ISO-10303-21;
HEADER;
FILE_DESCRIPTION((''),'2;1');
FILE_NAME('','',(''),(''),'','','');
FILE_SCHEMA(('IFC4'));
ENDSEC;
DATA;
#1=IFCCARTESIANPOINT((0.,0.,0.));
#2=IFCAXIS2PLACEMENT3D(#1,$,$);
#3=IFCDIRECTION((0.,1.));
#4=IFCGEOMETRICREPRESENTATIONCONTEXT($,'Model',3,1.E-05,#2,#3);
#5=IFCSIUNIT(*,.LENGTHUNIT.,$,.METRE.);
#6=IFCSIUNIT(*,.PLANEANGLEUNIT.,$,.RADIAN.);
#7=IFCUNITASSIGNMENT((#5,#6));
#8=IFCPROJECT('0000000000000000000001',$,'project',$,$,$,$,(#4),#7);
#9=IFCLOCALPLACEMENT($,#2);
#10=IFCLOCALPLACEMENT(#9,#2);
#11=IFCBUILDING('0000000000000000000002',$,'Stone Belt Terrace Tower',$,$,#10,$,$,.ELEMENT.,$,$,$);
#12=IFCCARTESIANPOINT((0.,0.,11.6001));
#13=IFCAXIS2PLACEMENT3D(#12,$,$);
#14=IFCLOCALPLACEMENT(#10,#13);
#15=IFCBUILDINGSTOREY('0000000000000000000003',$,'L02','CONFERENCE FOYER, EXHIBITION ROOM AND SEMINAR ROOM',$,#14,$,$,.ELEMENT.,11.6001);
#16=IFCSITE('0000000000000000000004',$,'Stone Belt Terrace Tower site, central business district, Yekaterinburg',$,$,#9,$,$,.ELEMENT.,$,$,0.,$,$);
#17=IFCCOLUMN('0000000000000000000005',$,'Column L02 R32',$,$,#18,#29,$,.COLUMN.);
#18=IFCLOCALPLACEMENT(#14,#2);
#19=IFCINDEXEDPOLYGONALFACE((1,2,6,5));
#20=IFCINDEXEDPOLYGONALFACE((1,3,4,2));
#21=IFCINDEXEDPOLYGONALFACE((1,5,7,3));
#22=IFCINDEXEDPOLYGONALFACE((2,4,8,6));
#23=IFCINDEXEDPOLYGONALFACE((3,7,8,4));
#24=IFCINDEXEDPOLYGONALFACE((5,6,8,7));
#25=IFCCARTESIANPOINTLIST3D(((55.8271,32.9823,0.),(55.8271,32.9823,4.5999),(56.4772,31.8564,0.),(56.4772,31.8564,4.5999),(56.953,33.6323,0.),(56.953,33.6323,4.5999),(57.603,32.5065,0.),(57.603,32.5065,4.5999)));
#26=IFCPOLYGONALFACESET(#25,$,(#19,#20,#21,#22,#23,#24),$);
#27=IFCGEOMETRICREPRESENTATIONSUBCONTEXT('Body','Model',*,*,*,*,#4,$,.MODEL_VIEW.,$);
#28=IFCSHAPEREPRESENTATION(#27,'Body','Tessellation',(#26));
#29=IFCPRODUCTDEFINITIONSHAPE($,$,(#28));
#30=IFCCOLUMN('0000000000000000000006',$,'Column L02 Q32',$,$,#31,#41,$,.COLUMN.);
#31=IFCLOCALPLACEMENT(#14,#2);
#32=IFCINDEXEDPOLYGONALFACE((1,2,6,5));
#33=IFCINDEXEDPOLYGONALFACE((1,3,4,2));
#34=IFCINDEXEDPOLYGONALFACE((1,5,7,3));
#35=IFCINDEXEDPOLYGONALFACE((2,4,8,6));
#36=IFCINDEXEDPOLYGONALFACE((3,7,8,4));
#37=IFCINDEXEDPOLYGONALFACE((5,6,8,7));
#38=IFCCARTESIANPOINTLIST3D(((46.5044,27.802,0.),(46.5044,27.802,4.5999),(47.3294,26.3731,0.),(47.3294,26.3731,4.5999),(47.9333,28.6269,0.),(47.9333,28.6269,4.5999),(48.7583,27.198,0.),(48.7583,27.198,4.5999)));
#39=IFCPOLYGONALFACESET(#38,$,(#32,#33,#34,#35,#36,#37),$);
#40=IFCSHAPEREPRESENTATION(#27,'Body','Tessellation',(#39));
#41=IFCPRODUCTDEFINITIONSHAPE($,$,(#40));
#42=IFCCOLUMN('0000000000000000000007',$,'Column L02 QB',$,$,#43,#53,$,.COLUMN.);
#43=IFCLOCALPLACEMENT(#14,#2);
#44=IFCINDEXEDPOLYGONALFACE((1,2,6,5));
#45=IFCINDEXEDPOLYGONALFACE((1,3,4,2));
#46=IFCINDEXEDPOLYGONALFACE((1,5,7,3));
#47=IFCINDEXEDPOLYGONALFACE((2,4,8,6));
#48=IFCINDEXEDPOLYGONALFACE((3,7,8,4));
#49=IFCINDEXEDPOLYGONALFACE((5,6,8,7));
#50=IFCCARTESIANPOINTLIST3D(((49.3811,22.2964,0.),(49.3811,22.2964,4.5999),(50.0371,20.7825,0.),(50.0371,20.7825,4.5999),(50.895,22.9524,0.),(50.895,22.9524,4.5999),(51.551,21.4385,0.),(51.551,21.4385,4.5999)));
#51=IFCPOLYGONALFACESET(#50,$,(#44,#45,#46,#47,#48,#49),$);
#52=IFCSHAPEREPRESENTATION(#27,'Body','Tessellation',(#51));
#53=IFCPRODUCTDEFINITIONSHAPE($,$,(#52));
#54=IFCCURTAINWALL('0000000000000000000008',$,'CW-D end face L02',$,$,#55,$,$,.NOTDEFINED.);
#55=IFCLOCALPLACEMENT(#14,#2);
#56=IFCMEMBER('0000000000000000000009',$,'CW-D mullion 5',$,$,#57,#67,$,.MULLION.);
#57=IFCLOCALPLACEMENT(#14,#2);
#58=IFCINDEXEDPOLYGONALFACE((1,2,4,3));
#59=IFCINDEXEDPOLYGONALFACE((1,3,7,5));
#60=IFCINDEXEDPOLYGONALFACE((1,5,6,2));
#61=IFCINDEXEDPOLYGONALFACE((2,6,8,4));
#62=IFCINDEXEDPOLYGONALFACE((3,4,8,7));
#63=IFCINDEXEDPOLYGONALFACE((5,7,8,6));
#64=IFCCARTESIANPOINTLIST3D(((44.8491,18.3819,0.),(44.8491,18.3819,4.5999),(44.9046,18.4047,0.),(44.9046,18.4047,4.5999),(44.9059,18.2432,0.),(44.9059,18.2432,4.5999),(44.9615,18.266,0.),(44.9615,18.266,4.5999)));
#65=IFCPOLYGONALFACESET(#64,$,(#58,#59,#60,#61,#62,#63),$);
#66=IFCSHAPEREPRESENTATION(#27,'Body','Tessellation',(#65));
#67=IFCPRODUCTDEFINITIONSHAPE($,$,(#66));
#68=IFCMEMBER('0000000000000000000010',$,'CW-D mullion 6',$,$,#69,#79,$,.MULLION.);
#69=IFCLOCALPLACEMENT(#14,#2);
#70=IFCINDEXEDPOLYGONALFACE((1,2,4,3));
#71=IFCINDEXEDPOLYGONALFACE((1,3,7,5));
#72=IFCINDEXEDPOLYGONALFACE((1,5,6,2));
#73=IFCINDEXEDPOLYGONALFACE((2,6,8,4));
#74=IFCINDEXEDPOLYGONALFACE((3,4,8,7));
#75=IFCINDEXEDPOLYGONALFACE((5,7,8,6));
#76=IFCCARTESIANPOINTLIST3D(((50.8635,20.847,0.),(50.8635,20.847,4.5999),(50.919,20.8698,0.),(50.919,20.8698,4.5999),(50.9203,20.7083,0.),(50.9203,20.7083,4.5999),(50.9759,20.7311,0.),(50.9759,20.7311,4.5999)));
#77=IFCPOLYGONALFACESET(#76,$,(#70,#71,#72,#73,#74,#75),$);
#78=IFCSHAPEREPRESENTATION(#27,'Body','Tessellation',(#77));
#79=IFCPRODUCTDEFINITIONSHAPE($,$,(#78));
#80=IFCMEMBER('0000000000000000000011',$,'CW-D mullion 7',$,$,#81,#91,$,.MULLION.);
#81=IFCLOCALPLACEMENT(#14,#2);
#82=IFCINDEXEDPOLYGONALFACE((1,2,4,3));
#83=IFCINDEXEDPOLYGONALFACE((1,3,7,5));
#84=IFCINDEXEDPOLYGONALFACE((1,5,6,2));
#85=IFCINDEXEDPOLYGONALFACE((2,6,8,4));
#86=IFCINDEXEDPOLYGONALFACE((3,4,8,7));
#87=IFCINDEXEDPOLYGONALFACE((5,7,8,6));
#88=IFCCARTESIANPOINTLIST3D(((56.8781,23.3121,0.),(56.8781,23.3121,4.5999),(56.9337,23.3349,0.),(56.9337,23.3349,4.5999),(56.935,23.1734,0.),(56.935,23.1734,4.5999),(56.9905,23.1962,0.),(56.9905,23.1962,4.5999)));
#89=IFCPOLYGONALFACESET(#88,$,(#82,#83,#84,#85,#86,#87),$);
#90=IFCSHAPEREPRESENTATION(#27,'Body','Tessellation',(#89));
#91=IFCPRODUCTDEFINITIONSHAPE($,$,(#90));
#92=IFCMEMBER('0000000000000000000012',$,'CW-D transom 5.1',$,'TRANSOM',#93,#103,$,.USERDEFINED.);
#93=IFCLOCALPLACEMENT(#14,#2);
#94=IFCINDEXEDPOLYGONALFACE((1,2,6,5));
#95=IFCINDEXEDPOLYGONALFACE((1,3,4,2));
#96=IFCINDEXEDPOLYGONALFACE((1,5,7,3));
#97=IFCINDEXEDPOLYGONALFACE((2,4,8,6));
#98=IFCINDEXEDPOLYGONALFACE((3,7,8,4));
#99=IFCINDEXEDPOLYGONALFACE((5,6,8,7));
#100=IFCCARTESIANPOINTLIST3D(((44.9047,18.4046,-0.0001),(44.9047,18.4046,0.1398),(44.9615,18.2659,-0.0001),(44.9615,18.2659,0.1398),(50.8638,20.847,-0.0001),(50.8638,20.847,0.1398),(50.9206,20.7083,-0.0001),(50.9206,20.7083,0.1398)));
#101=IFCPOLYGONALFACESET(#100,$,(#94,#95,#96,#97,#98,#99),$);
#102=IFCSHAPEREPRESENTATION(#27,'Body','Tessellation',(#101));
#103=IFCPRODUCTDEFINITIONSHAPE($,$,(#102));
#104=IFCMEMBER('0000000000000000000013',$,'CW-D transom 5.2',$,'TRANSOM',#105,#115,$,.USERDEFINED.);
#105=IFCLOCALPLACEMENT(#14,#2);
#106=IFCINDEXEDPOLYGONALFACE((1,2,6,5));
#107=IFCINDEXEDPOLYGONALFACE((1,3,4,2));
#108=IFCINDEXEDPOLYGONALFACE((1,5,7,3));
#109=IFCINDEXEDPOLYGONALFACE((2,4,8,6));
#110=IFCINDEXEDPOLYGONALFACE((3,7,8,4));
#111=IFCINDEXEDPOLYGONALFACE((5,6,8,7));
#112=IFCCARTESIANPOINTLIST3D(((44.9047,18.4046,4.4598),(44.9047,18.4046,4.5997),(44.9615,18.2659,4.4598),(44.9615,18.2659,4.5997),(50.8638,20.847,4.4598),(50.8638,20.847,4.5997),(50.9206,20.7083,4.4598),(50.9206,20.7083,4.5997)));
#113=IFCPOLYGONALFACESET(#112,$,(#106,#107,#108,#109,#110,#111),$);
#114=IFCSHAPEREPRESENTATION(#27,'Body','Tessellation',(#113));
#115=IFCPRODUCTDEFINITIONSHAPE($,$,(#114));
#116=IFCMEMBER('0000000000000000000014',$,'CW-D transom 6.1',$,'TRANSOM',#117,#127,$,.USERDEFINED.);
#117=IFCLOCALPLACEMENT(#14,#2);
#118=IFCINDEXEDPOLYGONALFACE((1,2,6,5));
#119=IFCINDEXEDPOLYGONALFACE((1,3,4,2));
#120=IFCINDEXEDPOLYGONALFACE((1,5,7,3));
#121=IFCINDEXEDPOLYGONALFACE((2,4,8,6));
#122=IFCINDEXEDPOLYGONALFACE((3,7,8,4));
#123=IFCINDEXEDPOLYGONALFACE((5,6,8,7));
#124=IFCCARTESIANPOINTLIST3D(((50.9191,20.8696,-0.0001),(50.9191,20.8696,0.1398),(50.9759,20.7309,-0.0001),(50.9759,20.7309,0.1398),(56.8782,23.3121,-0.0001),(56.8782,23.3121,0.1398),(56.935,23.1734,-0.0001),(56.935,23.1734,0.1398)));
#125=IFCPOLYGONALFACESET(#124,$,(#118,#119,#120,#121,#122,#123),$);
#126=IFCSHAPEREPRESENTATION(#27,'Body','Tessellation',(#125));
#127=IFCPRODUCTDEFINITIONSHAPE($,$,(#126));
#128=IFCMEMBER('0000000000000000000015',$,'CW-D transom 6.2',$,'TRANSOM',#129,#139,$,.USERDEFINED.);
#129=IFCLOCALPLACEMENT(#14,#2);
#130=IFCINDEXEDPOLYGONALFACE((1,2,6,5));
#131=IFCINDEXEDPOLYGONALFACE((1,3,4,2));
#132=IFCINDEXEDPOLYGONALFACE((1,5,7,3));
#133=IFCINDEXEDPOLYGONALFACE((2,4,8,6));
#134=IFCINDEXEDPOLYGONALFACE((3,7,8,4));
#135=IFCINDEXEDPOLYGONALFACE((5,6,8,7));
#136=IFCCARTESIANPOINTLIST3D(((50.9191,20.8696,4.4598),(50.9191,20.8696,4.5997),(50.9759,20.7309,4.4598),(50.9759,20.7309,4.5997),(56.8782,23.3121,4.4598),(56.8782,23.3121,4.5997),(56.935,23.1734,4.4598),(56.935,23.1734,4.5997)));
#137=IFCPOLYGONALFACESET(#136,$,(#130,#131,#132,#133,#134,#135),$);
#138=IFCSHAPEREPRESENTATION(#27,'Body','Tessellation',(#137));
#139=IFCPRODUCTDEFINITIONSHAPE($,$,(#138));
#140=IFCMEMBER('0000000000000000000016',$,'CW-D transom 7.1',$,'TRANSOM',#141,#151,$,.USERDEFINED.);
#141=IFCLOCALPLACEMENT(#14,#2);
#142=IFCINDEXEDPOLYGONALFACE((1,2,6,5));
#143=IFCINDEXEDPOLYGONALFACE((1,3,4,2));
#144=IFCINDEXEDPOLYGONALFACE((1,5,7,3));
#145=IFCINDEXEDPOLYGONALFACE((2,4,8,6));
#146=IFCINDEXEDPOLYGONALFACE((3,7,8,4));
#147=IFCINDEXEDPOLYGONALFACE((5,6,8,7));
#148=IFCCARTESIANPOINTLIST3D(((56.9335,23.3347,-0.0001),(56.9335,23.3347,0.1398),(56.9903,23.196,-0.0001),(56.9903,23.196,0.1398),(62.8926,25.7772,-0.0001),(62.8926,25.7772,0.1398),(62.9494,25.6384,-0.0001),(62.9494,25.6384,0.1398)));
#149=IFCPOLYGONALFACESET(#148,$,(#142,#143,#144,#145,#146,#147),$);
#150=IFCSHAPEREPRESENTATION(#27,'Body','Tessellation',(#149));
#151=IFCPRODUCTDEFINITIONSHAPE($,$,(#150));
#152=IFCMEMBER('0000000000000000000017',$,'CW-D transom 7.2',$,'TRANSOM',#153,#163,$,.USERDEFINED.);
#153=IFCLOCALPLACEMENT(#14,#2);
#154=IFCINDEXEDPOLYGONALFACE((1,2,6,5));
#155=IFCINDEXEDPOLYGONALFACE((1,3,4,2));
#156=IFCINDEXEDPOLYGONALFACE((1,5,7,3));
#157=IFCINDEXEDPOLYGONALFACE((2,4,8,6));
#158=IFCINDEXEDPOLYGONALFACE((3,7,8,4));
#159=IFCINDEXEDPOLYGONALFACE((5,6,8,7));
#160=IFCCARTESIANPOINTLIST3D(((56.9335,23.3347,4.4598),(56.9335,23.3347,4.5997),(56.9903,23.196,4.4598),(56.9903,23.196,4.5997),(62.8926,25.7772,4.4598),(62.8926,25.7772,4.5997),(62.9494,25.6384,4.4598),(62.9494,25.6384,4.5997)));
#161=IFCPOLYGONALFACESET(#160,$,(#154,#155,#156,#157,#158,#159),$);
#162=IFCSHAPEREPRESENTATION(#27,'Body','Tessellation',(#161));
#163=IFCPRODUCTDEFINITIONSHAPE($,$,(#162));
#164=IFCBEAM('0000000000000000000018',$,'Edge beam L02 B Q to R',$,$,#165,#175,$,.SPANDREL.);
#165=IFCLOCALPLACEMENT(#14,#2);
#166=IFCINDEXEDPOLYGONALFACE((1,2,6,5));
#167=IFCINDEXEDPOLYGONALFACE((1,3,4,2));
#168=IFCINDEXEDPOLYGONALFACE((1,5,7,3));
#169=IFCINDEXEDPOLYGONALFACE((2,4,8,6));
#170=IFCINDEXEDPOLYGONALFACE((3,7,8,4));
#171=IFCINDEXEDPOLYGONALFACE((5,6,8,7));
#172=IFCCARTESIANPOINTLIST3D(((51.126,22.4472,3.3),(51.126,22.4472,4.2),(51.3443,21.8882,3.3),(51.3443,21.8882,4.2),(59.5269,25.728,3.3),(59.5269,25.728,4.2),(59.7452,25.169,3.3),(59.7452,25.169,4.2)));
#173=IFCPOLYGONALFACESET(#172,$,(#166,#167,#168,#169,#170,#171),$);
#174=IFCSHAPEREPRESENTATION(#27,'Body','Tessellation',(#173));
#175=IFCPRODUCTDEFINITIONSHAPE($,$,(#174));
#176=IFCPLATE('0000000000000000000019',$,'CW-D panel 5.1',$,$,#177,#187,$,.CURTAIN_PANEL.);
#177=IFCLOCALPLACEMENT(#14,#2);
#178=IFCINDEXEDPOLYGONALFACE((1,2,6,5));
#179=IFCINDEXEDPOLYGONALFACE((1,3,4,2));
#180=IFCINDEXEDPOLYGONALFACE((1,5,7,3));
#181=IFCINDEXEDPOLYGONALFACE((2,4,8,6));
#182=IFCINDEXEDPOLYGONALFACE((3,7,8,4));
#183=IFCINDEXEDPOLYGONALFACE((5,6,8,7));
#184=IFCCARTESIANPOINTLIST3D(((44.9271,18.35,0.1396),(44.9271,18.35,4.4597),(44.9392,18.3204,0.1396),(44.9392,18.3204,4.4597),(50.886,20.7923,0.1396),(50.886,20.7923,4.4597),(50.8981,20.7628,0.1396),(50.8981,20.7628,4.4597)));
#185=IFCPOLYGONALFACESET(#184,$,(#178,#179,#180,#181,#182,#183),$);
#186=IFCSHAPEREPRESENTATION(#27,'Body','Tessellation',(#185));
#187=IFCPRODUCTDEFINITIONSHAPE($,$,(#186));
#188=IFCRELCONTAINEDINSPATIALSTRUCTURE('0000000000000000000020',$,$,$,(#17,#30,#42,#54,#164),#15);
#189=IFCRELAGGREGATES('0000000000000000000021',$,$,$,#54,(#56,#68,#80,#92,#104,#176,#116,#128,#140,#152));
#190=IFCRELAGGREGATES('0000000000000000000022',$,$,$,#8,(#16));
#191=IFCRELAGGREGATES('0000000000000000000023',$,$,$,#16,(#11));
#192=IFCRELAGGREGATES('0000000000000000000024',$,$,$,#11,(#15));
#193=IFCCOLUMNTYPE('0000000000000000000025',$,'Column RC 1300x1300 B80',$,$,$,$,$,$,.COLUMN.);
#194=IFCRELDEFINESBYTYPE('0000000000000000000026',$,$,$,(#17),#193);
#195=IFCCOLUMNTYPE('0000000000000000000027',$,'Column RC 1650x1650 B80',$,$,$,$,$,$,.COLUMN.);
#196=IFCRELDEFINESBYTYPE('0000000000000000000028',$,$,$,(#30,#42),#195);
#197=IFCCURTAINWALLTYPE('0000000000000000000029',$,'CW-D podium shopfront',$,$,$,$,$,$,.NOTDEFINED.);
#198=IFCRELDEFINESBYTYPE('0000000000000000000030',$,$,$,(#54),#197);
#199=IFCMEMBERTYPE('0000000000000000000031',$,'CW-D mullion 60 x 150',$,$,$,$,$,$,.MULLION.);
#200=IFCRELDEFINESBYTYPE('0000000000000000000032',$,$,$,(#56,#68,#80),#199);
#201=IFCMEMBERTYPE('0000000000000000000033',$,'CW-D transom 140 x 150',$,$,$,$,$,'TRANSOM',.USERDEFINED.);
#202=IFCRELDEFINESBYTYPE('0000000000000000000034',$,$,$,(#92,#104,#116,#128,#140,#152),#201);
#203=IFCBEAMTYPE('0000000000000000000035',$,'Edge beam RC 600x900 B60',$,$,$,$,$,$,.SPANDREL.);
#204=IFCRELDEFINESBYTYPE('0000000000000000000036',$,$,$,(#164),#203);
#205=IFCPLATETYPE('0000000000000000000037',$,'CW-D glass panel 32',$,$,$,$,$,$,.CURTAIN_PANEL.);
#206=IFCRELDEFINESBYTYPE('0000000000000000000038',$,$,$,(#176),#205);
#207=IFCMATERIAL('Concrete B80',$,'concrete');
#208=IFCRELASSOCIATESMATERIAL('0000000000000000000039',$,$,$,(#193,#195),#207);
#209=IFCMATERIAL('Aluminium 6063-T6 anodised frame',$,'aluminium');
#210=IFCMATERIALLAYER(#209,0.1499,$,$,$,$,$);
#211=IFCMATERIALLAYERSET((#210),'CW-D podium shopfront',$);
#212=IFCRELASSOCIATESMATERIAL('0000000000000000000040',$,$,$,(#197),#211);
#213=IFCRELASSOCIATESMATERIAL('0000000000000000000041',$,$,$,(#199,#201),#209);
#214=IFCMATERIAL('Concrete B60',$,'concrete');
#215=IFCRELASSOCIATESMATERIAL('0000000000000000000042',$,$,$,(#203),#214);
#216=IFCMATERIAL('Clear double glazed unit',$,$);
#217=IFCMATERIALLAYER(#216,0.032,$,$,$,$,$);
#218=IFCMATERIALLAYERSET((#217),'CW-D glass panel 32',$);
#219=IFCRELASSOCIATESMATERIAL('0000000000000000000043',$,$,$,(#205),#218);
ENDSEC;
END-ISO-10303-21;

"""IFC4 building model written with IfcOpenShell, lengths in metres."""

from ifc_helpers import new_model, si_unit, direction, frame, origin, origin_2d, place, context, subcontext, project, spatial, rectangle, extrude, material, layer, layer_set, material_profile, profile_set, type_object, element, aggregate, save


model = new_model("IFC4")

# Units and contexts
model_context = context("Model", 3, precision=1e-05, world=origin(), true_north=direction((0.0, 1.0)))
body_context = subcontext(model_context, "Body", "Model", "MODEL_VIEW")
ifc_project = project(units=[si_unit("LENGTHUNIT", "METRE"), si_unit("PLANEANGLEUNIT", "RADIAN")], contexts=[model_context])

# Site, building, storey
site_placement = place(None, origin())
site = spatial("IfcSite", under=ifc_project, at=site_placement, Name="Stone Belt Terrace Tower site, central business district, Yekaterinburg", CompositionType="ELEMENT", RefElevation=0.0)
building_placement = place(site_placement, origin())
building = spatial("IfcBuilding", under=site, at=building_placement, Name="Stone Belt Terrace Tower", CompositionType="ELEMENT")
storey_placement = place(building_placement, frame((0.0, 0.0, 11.6001)))
storey = spatial("IfcBuildingStorey", under=building, at=storey_placement, Name="L02", Description="CONFERENCE FOYER, EXHIBITION ROOM AND SEMINAR ROOM", CompositionType="ELEMENT", Elevation=11.6001)

# Columns
ifc_material_1 = material(Name="Concrete B80", Category="concrete")
ifc_material_profile_1 = material_profile(ifc_material_1, rectangle(XDim=1.3, YDim=1.3, at=origin_2d()), Name="RC 1300x1300")
ifc_profile_set_1 = profile_set([ifc_material_profile_1], Name="Concrete B80")
column_type_1 = type_object("IfcColumnType", Name="Column RC 1300x1300 B80", PredefinedType="COLUMN", material=ifc_profile_set_1)
column_placement = place(storey_placement, frame((56.7151, 32.7444, 0.0), z_axis=(0.0, 0.0, 1.0), x_axis=(0.5, -0.866025, 0.0)))
element("IfcColumn", 1, at=column_placement, inside=storey, type_object=column_type_1, Name="Column L02 R32", PredefinedType="COLUMN", context=body_context, shape_type="SweptSolid", body=[
    extrude(rectangle(XDim=1.3, YDim=1.3, at=origin_2d()), origin(), (0.0, 0.0, 1.0), 4.5999),
])
ifc_material_profile_2 = material_profile(ifc_material_1, rectangle(XDim=1.6499, YDim=1.6499, at=origin_2d()), Name="RC 1650x1650")
ifc_profile_set_2 = profile_set([ifc_material_profile_2], Name="Concrete B80")
column_type_2 = type_object("IfcColumnType", Name="Column RC 1650x1650 B80", PredefinedType="COLUMN", material=ifc_profile_set_2)
for number, where, z_axis, x_axis, name in (
    (2, (47.6313, 27.5, 0.0), (0.0, 0.0, 1.0), (0.5, -0.866025, 0.0), "Column L02 Q32"),
    (3, (50.4661, 21.8674, 0.0), (0.0, 0.0, 1.0), (0.397588, -0.917564, 0.0), "Column L02 QB"),
):
    element("IfcColumn", number, at=place(storey_placement, frame(where, z_axis=z_axis, x_axis=x_axis)), inside=storey, type_object=column_type_2, Name=name, PredefinedType="COLUMN", context=body_context, shape_type="SweptSolid", body=[
        extrude(rectangle(XDim=1.6499, YDim=1.6499, at=origin_2d()), origin(), (0.0, 0.0, 1.0), 4.5999),
    ])

# Curtain wall, members
ifc_material_2 = material(Name="Aluminium 6063-T6 anodised frame", Category="aluminium")
ifc_layer_1 = layer(ifc_material_2, 0.1499)
ifc_layer_set_1 = layer_set([ifc_layer_1], Name="CW-D podium shopfront")
curtain_wall_type = type_object("IfcCurtainWallType", Name="CW-D podium shopfront", PredefinedType="NOTDEFINED", material=ifc_layer_set_1)
curtain_wall_placement = place(storey_placement, origin())
curtain_wall = element("IfcCurtainWall", 4, at=curtain_wall_placement, inside=storey, type_object=curtain_wall_type, Name="CW-D end face L02", PredefinedType="NOTDEFINED")
ifc_material_profile_3 = material_profile(ifc_material_2, rectangle(XDim=0.1499, YDim=0.0601, at=origin_2d()), Name="Aluminium 6063-T6 60x150")
ifc_profile_set_3 = profile_set([ifc_material_profile_3], Name="Aluminium 6063-T6 anodised frame")
member_type_1 = type_object("IfcMemberType", Name="CW-D mullion 60 x 150", PredefinedType="MULLION", material=ifc_profile_set_3)
member_1_placement = place(storey_placement, frame((44.9053, 18.324, 0.0), z_axis=(0.0, 0.0, 1.0), x_axis=(-0.379243, 0.925297, 0.0)))
member_1 = element("IfcMember", 5, at=member_1_placement, type_object=member_type_1, Name="CW-D mullion 5", PredefinedType="MULLION", context=body_context, shape_type="SweptSolid", body=[
    extrude(rectangle(XDim=0.1499, YDim=0.0601, at=origin_2d()), origin(), (0.0, 0.0, 1.0), 4.5999),
])
member_2_placement = place(storey_placement, frame((50.9197, 20.7891, 0.0), z_axis=(0.0, 0.0, 1.0), x_axis=(-0.379243, 0.925297, 0.0)))
member_2 = element("IfcMember", 6, at=member_2_placement, type_object=member_type_1, Name="CW-D mullion 6", PredefinedType="MULLION", context=body_context, shape_type="SweptSolid", body=[
    extrude(rectangle(XDim=0.1499, YDim=0.0601, at=origin_2d()), origin(), (0.0, 0.0, 1.0), 4.5999),
])
member_3_placement = place(storey_placement, frame((56.9343, 23.2542, 0.0), z_axis=(0.0, 0.0, 1.0), x_axis=(-0.379243, 0.925297, 0.0)))
member_3 = element("IfcMember", 7, at=member_3_placement, type_object=member_type_1, Name="CW-D mullion 7", PredefinedType="MULLION", context=body_context, shape_type="SweptSolid", body=[
    extrude(rectangle(XDim=0.1499, YDim=0.0601, at=origin_2d()), origin(), (0.0, 0.0, 1.0), 4.5999),
])
ifc_material_profile_4 = material_profile(ifc_material_2, rectangle(XDim=0.1499, YDim=0.1399, at=origin_2d()), Name="Aluminium 6063-T6 150x140")
ifc_profile_set_4 = profile_set([ifc_material_profile_4], Name="Aluminium 6063-T6 anodised frame")
member_type_2 = type_object("IfcMemberType", Name="CW-D transom 140 x 150", ElementType="TRANSOM", PredefinedType="USERDEFINED", material=ifc_profile_set_4)
member_4_placement = place(storey_placement, frame((44.9331, 18.3352, 0.0698), z_axis=(0.925296, 0.379247, 0.0), x_axis=(-0.379247, 0.925296, 0.0)))
member_4 = element("IfcMember", 8, at=member_4_placement, type_object=member_type_2, Name="CW-D transom 5.1", ObjectType="TRANSOM", PredefinedType="USERDEFINED", context=body_context, shape_type="SweptSolid", body=[
    extrude(rectangle(XDim=0.1499, YDim=0.1399, at=origin_2d()), origin(), (0.0, 0.0, 1.0), 6.4402),
])
member_5_placement = place(storey_placement, frame((44.9331, 18.3352, 4.5298), z_axis=(0.925296, 0.379247, 0.0), x_axis=(-0.379247, 0.925296, 0.0)))
member_5 = element("IfcMember", 9, at=member_5_placement, type_object=member_type_2, Name="CW-D transom 5.2", ObjectType="TRANSOM", PredefinedType="USERDEFINED", context=body_context, shape_type="SweptSolid", body=[
    extrude(rectangle(XDim=0.1499, YDim=0.1399, at=origin_2d()), origin(), (0.0, 0.0, 1.0), 6.4402),
])
member_6_placement = place(storey_placement, frame((50.9475, 20.8003, 0.0698), z_axis=(0.925296, 0.379247, 0.0), x_axis=(-0.379247, 0.925296, 0.0)))
member_6 = element("IfcMember", 10, at=member_6_placement, type_object=member_type_2, Name="CW-D transom 6.1", ObjectType="TRANSOM", PredefinedType="USERDEFINED", context=body_context, shape_type="SweptSolid", body=[
    extrude(rectangle(XDim=0.1499, YDim=0.1399, at=origin_2d()), origin(), (0.0, 0.0, 1.0), 6.4402),
])
member_7_placement = place(storey_placement, frame((50.9475, 20.8003, 4.5298), z_axis=(0.925296, 0.379247, 0.0), x_axis=(-0.379247, 0.925296, 0.0)))
member_7 = element("IfcMember", 11, at=member_7_placement, type_object=member_type_2, Name="CW-D transom 6.2", ObjectType="TRANSOM", PredefinedType="USERDEFINED", context=body_context, shape_type="SweptSolid", body=[
    extrude(rectangle(XDim=0.1499, YDim=0.1399, at=origin_2d()), origin(), (0.0, 0.0, 1.0), 6.4402),
])
member_8_placement = place(storey_placement, frame((56.9619, 23.2654, 0.0698), z_axis=(0.925296, 0.379247, 0.0), x_axis=(-0.379247, 0.925296, 0.0)))
member_8 = element("IfcMember", 12, at=member_8_placement, type_object=member_type_2, Name="CW-D transom 7.1", ObjectType="TRANSOM", PredefinedType="USERDEFINED", context=body_context, shape_type="SweptSolid", body=[
    extrude(rectangle(XDim=0.1499, YDim=0.1399, at=origin_2d()), origin(), (0.0, 0.0, 1.0), 6.4402),
])
member_9_placement = place(storey_placement, frame((56.9619, 23.2654, 4.5298), z_axis=(0.925296, 0.379247, 0.0), x_axis=(-0.379247, 0.925296, 0.0)))
member_9 = element("IfcMember", 13, at=member_9_placement, type_object=member_type_2, Name="CW-D transom 7.2", ObjectType="TRANSOM", PredefinedType="USERDEFINED", context=body_context, shape_type="SweptSolid", body=[
    extrude(rectangle(XDim=0.1499, YDim=0.1399, at=origin_2d()), origin(), (0.0, 0.0, 1.0), 6.4402),
])

# Beam
ifc_material_3 = material(Name="Concrete B60", Category="concrete")
ifc_material_profile_5 = material_profile(ifc_material_3, rectangle(XDim=0.6001, YDim=0.8999, at=origin_2d()), Name="RC 600x900")
ifc_profile_set_5 = profile_set([ifc_material_profile_5], Name="Concrete B60")
beam_type = type_object("IfcBeamType", Name="Edge beam RC 600x900 B60", PredefinedType="SPANDREL", material=ifc_profile_set_5)
beam_placement = place(storey_placement, frame((51.2351, 22.1677, 3.75), z_axis=(0.931489, 0.363771, 0.0), x_axis=(-0.363771, 0.931489, 0.0)))
element("IfcBeam", 14, at=beam_placement, inside=storey, type_object=beam_type, Name="Edge beam L02 B Q to R", PredefinedType="SPANDREL", context=body_context, shape_type="SweptSolid", body=[
    extrude(rectangle(XDim=0.6001, YDim=0.8999, at=origin_2d()), origin(), (0.0, 0.0, 1.0), 9.0188),
])

# Plate
ifc_material_4 = material(Name="Clear double glazed unit")
ifc_layer_2 = layer(ifc_material_4, 0.032)
ifc_layer_set_2 = layer_set([ifc_layer_2], Name="CW-D glass panel 32")
plate_type = type_object("IfcPlateType", Name="CW-D glass panel 32", PredefinedType="CURTAIN_PANEL", material=ifc_layer_set_2)
plate_1_placement = place(storey_placement, frame((47.9126, 19.5564, 0.1396), z_axis=(0.0, 0.0, 1.0), x_axis=(0.925297, 0.379243, 0.0)))
plate_1 = element("IfcPlate", 15, at=plate_1_placement, type_object=plate_type, Name="CW-D panel 5.1", PredefinedType="CURTAIN_PANEL", context=body_context, shape_type="SweptSolid", body=[
    extrude(rectangle(XDim=6.4399, YDim=0.032, at=origin_2d()), origin(), (0.0, 0.0, 1.0), 4.3201),
])
aggregate(curtain_wall, [member_1, member_2, member_3, member_4, member_5, plate_1, member_6, member_7, member_8, member_9])

save(model, "model.ifc")
